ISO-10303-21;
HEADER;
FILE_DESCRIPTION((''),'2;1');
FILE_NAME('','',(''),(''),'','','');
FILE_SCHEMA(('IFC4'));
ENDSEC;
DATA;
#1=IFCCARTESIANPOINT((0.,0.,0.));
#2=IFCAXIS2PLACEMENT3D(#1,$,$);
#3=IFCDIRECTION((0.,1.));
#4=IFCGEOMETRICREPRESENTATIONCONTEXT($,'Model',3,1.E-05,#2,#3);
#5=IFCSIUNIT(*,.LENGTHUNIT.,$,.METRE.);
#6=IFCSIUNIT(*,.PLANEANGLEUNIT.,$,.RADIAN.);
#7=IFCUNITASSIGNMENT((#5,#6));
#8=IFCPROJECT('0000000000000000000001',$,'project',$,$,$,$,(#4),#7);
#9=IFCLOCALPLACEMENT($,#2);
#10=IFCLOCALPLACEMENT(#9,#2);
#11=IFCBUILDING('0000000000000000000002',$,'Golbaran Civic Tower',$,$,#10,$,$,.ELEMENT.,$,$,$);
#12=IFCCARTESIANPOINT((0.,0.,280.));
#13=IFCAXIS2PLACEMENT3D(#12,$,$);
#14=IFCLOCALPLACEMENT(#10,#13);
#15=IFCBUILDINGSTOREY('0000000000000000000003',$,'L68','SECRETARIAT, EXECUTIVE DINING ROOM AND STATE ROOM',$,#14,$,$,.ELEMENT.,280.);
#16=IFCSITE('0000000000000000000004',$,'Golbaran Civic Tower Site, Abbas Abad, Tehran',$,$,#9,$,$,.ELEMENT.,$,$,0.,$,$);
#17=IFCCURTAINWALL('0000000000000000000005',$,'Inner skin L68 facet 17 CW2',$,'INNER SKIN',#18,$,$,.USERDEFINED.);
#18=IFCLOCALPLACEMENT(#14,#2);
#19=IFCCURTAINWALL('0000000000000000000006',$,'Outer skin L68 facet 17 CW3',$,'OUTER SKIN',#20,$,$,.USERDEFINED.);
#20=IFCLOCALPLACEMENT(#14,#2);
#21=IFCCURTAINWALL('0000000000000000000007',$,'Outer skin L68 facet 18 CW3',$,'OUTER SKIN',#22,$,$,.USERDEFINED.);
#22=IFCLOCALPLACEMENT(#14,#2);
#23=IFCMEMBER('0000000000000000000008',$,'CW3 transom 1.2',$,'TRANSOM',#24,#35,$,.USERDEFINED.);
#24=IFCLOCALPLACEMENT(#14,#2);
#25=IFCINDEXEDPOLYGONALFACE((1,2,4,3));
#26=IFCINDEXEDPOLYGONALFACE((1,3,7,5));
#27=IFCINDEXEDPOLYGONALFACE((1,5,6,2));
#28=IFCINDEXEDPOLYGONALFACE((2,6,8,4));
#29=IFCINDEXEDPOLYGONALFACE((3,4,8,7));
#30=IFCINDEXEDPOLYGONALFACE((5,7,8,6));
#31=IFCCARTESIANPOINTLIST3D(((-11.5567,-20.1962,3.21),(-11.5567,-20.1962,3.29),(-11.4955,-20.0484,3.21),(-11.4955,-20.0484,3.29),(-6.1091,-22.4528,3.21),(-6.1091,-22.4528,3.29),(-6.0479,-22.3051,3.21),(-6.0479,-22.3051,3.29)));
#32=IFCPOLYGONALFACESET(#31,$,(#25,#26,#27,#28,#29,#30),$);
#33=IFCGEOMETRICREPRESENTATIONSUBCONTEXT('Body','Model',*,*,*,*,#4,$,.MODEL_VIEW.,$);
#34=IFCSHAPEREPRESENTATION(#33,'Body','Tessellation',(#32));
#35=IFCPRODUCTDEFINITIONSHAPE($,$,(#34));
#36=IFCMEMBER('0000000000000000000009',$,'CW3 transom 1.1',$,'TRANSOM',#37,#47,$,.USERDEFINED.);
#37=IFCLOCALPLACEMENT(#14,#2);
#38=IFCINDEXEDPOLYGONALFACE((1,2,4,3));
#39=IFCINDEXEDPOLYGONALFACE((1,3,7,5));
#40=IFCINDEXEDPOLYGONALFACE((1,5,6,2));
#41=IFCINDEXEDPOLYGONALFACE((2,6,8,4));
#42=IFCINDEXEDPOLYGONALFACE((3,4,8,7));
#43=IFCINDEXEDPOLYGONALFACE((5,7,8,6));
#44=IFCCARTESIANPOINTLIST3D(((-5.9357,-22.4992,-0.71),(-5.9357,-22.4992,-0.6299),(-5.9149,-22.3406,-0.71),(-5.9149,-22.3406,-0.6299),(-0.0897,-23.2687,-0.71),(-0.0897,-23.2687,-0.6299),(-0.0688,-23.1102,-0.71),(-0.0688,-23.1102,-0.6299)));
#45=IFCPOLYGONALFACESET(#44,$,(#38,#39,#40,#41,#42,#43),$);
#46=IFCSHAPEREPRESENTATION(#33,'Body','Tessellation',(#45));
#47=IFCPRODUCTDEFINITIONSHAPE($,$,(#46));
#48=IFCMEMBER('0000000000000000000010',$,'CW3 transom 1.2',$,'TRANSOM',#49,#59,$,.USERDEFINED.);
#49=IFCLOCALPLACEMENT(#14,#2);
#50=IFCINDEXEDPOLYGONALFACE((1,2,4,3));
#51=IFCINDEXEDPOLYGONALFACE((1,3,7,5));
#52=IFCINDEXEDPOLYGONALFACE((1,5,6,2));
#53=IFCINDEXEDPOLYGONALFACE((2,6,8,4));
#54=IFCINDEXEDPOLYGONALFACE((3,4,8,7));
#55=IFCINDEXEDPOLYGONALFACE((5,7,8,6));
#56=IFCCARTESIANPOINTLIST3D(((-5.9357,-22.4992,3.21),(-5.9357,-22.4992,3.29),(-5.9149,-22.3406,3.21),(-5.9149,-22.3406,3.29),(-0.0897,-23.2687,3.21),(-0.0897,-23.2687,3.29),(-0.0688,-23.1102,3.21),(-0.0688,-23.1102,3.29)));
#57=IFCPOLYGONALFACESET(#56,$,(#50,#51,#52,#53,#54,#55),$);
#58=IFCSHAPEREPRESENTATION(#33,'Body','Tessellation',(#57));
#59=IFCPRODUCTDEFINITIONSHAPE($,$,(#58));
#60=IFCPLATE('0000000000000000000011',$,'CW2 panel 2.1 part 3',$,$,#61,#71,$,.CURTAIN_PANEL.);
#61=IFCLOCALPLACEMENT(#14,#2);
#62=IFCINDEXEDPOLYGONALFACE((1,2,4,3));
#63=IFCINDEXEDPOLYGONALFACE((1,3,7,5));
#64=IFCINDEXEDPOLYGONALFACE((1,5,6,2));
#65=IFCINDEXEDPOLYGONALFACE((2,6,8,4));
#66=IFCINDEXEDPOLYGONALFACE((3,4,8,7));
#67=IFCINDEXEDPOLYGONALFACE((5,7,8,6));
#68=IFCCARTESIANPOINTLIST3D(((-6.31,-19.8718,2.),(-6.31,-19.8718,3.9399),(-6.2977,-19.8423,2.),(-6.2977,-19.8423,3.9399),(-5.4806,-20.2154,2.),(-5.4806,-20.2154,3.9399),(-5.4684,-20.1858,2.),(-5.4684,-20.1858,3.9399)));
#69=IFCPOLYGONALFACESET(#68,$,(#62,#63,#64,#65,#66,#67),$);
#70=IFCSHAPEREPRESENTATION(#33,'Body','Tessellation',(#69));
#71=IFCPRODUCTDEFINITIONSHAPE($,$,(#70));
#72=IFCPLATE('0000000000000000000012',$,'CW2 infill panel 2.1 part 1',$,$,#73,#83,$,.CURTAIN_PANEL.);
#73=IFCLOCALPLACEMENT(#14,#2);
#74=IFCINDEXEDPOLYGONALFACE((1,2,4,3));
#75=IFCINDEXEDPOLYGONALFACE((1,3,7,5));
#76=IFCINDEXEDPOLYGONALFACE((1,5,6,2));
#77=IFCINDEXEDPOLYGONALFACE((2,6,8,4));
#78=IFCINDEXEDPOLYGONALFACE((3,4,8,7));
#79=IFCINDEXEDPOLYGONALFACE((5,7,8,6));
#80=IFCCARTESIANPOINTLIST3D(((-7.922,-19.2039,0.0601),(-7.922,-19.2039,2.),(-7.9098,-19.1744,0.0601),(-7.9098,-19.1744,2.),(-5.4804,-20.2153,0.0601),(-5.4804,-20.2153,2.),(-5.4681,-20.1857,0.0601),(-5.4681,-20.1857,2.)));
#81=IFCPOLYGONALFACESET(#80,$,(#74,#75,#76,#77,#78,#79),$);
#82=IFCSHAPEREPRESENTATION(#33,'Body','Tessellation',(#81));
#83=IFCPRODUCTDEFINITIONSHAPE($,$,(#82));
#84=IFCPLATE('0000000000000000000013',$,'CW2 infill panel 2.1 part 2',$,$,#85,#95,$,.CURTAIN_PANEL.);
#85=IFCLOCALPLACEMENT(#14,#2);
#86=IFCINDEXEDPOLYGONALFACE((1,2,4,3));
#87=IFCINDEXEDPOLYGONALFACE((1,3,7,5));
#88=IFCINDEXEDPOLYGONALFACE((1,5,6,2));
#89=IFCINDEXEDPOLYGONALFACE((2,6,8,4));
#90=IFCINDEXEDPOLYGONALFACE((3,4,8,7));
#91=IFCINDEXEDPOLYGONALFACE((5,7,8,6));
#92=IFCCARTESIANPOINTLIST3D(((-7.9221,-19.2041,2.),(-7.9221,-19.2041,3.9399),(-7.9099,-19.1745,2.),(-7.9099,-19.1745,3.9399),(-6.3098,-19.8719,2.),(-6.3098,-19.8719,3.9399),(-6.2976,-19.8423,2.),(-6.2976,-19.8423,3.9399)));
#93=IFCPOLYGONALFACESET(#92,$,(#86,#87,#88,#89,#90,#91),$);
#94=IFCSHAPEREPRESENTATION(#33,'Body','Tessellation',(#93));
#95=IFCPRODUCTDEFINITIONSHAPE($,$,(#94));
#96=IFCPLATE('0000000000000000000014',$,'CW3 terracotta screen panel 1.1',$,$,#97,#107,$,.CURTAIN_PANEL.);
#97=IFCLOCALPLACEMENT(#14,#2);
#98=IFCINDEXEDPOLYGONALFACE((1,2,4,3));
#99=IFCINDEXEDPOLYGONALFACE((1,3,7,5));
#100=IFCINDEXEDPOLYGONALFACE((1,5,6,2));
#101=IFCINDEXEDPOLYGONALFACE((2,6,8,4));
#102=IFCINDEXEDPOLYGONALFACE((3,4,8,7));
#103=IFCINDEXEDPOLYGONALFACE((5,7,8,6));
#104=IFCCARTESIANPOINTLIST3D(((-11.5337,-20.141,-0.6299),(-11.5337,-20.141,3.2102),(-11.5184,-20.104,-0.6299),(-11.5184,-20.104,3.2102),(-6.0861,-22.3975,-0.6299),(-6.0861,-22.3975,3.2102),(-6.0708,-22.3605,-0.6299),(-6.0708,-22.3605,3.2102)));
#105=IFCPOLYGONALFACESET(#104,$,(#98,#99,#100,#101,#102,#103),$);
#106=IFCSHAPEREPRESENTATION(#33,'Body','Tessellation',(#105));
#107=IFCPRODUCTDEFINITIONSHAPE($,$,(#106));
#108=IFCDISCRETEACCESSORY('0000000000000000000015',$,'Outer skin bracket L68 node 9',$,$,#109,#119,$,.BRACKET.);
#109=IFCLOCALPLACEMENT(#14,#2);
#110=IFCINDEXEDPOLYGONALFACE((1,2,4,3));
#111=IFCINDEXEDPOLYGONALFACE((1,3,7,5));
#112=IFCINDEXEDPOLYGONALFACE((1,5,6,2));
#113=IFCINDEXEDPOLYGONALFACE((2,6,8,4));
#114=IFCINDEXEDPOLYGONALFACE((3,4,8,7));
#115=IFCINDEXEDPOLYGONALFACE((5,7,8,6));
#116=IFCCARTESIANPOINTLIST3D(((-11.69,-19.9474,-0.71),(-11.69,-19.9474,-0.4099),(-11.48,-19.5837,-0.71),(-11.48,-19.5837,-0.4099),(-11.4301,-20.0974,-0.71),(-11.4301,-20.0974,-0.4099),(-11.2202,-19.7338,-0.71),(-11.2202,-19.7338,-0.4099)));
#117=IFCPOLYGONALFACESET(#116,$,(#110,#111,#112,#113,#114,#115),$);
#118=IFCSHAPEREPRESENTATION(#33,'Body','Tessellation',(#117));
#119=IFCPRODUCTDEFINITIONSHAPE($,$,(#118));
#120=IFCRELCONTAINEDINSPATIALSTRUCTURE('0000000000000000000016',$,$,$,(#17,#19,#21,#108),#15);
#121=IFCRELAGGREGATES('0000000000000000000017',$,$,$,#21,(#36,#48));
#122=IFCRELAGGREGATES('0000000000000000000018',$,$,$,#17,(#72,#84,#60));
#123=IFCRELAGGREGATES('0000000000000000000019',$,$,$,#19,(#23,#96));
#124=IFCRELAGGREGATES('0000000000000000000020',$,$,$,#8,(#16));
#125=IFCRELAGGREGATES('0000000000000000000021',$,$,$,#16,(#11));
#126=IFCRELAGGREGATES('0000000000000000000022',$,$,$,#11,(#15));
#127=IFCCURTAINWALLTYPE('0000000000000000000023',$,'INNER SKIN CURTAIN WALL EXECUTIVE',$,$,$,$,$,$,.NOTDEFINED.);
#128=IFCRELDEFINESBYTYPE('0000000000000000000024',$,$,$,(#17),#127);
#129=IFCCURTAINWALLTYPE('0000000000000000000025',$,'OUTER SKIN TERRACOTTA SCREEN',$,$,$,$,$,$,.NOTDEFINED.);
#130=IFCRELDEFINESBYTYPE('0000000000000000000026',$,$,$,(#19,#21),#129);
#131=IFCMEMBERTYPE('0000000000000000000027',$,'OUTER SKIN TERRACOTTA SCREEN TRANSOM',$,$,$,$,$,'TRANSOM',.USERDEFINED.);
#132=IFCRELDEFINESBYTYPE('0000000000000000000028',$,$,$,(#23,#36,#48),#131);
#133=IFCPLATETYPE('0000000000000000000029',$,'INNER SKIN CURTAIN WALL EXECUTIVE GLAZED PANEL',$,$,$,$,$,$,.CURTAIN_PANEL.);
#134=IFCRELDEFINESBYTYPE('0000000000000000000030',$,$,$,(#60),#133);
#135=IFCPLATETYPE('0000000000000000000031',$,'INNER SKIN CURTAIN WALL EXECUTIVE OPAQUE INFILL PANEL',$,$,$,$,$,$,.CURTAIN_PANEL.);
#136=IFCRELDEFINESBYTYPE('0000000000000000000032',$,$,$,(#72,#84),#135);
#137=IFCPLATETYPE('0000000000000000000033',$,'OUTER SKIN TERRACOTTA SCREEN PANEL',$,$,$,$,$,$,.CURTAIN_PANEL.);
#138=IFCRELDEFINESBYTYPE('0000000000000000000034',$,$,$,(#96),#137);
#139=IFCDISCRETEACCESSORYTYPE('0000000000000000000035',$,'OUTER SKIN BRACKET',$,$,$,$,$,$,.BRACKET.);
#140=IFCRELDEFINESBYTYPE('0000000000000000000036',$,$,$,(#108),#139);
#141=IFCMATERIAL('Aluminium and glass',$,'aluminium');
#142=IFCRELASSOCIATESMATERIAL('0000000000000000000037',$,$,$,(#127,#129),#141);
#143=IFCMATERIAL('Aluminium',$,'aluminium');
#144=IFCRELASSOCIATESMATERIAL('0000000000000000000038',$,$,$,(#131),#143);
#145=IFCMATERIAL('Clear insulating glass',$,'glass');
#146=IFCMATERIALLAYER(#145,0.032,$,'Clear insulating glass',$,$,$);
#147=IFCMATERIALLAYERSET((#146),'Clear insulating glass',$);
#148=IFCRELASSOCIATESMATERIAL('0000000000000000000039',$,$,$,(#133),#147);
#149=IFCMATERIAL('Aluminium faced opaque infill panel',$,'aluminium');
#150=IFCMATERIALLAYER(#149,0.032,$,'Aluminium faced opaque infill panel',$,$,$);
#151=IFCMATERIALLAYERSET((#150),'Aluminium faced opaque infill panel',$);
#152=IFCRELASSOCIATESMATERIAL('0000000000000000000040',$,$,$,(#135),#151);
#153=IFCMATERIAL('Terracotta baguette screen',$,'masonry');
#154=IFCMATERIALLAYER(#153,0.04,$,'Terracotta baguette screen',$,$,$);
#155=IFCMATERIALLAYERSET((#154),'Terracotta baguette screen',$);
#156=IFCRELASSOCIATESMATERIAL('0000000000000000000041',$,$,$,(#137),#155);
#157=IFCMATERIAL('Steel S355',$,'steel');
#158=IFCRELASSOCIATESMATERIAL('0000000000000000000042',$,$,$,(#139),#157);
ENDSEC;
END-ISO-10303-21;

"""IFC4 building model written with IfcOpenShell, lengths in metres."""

from ifc_helpers import new_model, si_unit, direction, frame, origin, origin_2d, place, context, subcontext, project, spatial, rectangle, extrude, material, layer, layer_set, material_profile, profile_set, type_object, element, aggregate, save


model = new_model("IFC4")

# Units and contexts
model_context = context("Model", 3, precision=1e-05, world=origin(), true_north=direction((0.0, 1.0)))
body_context = subcontext(model_context, "Body", "Model", "MODEL_VIEW")
ifc_project = project(units=[si_unit("LENGTHUNIT", "METRE"), si_unit("PLANEANGLEUNIT", "RADIAN")], contexts=[model_context])

# Site, building, storey
site_placement = place(None, origin())
site = spatial("IfcSite", under=ifc_project, at=site_placement, Name="Golbaran Civic Tower Site, Abbas Abad, Tehran", CompositionType="ELEMENT", RefElevation=0.0)
building_placement = place(site_placement, origin())
building = spatial("IfcBuilding", under=site, at=building_placement, Name="Golbaran Civic Tower", CompositionType="ELEMENT")
storey_placement = place(building_placement, frame((0.0, 0.0, 280.0)))
storey = spatial("IfcBuildingStorey", under=building, at=storey_placement, Name="L68", Description="SECRETARIAT, EXECUTIVE DINING ROOM AND STATE ROOM", CompositionType="ELEMENT", Elevation=280.0)

# Shared definitions
ifc_material_1 = material(Name="Steel S355", Category="steel")

# Curtain wall
ifc_material_2 = material(Name="Aluminium and glass", Category="aluminium")
curtain_wall_type_1 = type_object("IfcCurtainWallType", Name="INNER SKIN CURTAIN WALL EXECUTIVE", PredefinedType="NOTDEFINED", material=ifc_material_2)
curtain_wall_1_placement = place(storey_placement, origin())
curtain_wall_1 = element("IfcCurtainWall", 1, at=curtain_wall_1_placement, inside=storey, type_object=curtain_wall_type_1, Name="Inner skin L68 facet 17 CW2", ObjectType="INNER SKIN", PredefinedType="USERDEFINED")
ifc_material_3 = material(Name="Aluminium", Category="aluminium")

# Shared definitions
curtain_wall_type_2 = type_object("IfcCurtainWallType", Name="OUTER SKIN TERRACOTTA SCREEN", PredefinedType="NOTDEFINED", material=ifc_material_2)

# Curtain wall
curtain_wall_2_placement = place(storey_placement, origin())
curtain_wall_2 = element("IfcCurtainWall", 2, at=curtain_wall_2_placement, inside=storey, type_object=curtain_wall_type_2, Name="Outer skin L68 facet 17 CW3", ObjectType="OUTER SKIN", PredefinedType="USERDEFINED")

# Curtain wall
curtain_wall_3_placement = place(storey_placement, origin())
curtain_wall_3 = element("IfcCurtainWall", 3, at=curtain_wall_3_placement, inside=storey, type_object=curtain_wall_type_2, Name="Outer skin L68 facet 18 CW3", ObjectType="OUTER SKIN", PredefinedType="USERDEFINED")

# Members
ifc_material_profile_1 = material_profile(ifc_material_3, rectangle(XDim=0.1599, YDim=0.0801, at=origin_2d()), Name="OUTER SKIN TERRACOTTA SCREEN TRANSOM")
ifc_profile_set_1 = profile_set([ifc_material_profile_1], Name="Aluminium")
member_type_1 = type_object("IfcMemberType", Name="OUTER SKIN TERRACOTTA SCREEN TRANSOM", ElementType="TRANSOM", PredefinedType="USERDEFINED", material=ifc_profile_set_1)
member_1_placement = place(storey_placement, frame((-11.5261, -20.1223, 3.25), z_axis=(0.92387, -0.382707, 0.0), x_axis=(0.382707, 0.92387, 0.0)))
member_1 = element("IfcMember", 4, at=member_1_placement, type_object=member_type_1, Name="CW3 transom 1.2", ObjectType="TRANSOM", PredefinedType="USERDEFINED", context=body_context, shape_type="SweptSolid", body=[
    extrude(rectangle(XDim=0.1599, YDim=0.0801, at=origin_2d()), origin(), (0.0, 0.0, 1.0), 5.8965),
])
member_2_placement = place(storey_placement, frame((-5.9253, -22.4199, -0.6699), z_axis=(0.991447, -0.130509, 0.0), x_axis=(0.130509, 0.991447, 0.0)))
member_2 = element("IfcMember", 5, at=member_2_placement, type_object=member_type_1, Name="CW3 transom 1.1", ObjectType="TRANSOM", PredefinedType="USERDEFINED", context=body_context, shape_type="SweptSolid", body=[
    extrude(rectangle(XDim=0.1599, YDim=0.0801, at=origin_2d()), origin(), (0.0, 0.0, 1.0), 5.8965),
])
member_3_placement = place(storey_placement, frame((-5.9253, -22.4199, 3.25), z_axis=(0.991447, -0.130509, 0.0), x_axis=(0.130509, 0.991447, 0.0)))
member_3 = element("IfcMember", 6, at=member_3_placement, type_object=member_type_1, Name="CW3 transom 1.2", ObjectType="TRANSOM", PredefinedType="USERDEFINED", context=body_context, shape_type="SweptSolid", body=[
    extrude(rectangle(XDim=0.1599, YDim=0.0801, at=origin_2d()), origin(), (0.0, 0.0, 1.0), 5.8965),
])
aggregate(curtain_wall_3, [member_2, member_3])

# Plates
ifc_material_4 = material(Name="Clear insulating glass", Category="glass")
ifc_layer_1 = layer(ifc_material_4, 0.032, Name="Clear insulating glass")
ifc_layer_set_1 = layer_set([ifc_layer_1], Name="Clear insulating glass")
plate_type_1 = type_object("IfcPlateType", Name="INNER SKIN CURTAIN WALL EXECUTIVE GLAZED PANEL", PredefinedType="CURTAIN_PANEL", material=ifc_layer_set_1)
plate_1_placement = place(storey_placement, frame((-5.8892, -20.0288, 2.0), z_axis=(0.0, 0.0, 1.0), x_axis=(0.92388, -0.382683, 0.0)))
plate_1 = element("IfcPlate", 7, at=plate_1_placement, type_object=plate_type_1, Name="CW2 panel 2.1 part 3", PredefinedType="CURTAIN_PANEL", context=body_context, shape_type="SweptSolid", body=[
    extrude(rectangle(XDim=0.8977, YDim=0.032, at=origin_2d()), origin(), (0.0, 0.0, 1.0), 1.9399),
])
ifc_material_5 = material(Name="Aluminium faced opaque infill panel", Category="aluminium")
ifc_layer_2 = layer(ifc_material_5, 0.032, Name="Aluminium faced opaque infill panel")
ifc_layer_set_2 = layer_set([ifc_layer_2], Name="Aluminium faced opaque infill panel")
plate_type_2 = type_object("IfcPlateType", Name="INNER SKIN CURTAIN WALL EXECUTIVE OPAQUE INFILL PANEL", PredefinedType="CURTAIN_PANEL", material=ifc_layer_set_2)
plate_2_placement = place(storey_placement, frame((-6.6951, -19.6948, 0.0601), z_axis=(0.0, 0.0, 1.0), x_axis=(0.92388, -0.382683, 0.0)))
plate_2 = element("IfcPlate", 8, at=plate_2_placement, type_object=plate_type_2, Name="CW2 infill panel 2.1 part 1", PredefinedType="CURTAIN_PANEL", context=body_context, shape_type="SweptSolid", body=[
    extrude(rectangle(XDim=2.6428, YDim=0.032, at=origin_2d()), origin(), (0.0, 0.0, 1.0), 1.9399),
])
plate_3_placement = place(storey_placement, frame((-7.1099, -19.5232, 2.0), z_axis=(0.0, 0.0, 1.0), x_axis=(0.92388, -0.382683, 0.0)))
plate_3 = element("IfcPlate", 9, at=plate_3_placement, type_object=plate_type_2, Name="CW2 infill panel 2.1 part 2", PredefinedType="CURTAIN_PANEL", context=body_context, shape_type="SweptSolid", body=[
    extrude(rectangle(XDim=1.7451, YDim=0.032, at=origin_2d()), origin(), (0.0, 0.0, 1.0), 1.9399),
])
aggregate(curtain_wall_1, [plate_2, plate_3, plate_1])
ifc_material_6 = material(Name="Terracotta baguette screen", Category="masonry")
ifc_layer_3 = layer(ifc_material_6, 0.04, Name="Terracotta baguette screen")
ifc_layer_set_3 = layer_set([ifc_layer_3], Name="Terracotta baguette screen")
plate_type_3 = type_object("IfcPlateType", Name="OUTER SKIN TERRACOTTA SCREEN PANEL", PredefinedType="CURTAIN_PANEL", material=ifc_layer_set_3)
plate_4_placement = place(storey_placement, frame((-8.8022, -21.2507, -0.6299), z_axis=(0.0, 0.0, 1.0), x_axis=(0.92388, -0.382683, 0.0)))
plate_4 = element("IfcPlate", 10, at=plate_4_placement, type_object=plate_type_3, Name="CW3 terracotta screen panel 1.1", PredefinedType="CURTAIN_PANEL", context=body_context, shape_type="SweptSolid", body=[
    extrude(rectangle(XDim=5.8965, YDim=0.04, at=origin_2d()), origin(), (0.0, 0.0, 1.0), 3.8401),
])
aggregate(curtain_wall_2, [member_1, plate_4])

# Discrete accessory
discrete_accessory_type = type_object("IfcDiscreteAccessoryType", Name="OUTER SKIN BRACKET", PredefinedType="BRACKET", material=ifc_material_1)
discrete_accessory_placement = place(storey_placement, frame((-11.4551, -19.8406, -0.71), z_axis=(0.0, 0.0, 1.0), x_axis=(-0.5, -0.866025, 0.0)))
element("IfcDiscreteAccessory", 11, at=discrete_accessory_placement, inside=storey, type_object=discrete_accessory_type, Name="Outer skin bracket L68 node 9", PredefinedType="BRACKET", context=body_context, shape_type="SweptSolid", body=[
    extrude(rectangle(XDim=0.4199, YDim=0.3, at=origin_2d()), origin(), (0.0, 0.0, 1.0), 0.3),
])

save(model, "model.ifc")
